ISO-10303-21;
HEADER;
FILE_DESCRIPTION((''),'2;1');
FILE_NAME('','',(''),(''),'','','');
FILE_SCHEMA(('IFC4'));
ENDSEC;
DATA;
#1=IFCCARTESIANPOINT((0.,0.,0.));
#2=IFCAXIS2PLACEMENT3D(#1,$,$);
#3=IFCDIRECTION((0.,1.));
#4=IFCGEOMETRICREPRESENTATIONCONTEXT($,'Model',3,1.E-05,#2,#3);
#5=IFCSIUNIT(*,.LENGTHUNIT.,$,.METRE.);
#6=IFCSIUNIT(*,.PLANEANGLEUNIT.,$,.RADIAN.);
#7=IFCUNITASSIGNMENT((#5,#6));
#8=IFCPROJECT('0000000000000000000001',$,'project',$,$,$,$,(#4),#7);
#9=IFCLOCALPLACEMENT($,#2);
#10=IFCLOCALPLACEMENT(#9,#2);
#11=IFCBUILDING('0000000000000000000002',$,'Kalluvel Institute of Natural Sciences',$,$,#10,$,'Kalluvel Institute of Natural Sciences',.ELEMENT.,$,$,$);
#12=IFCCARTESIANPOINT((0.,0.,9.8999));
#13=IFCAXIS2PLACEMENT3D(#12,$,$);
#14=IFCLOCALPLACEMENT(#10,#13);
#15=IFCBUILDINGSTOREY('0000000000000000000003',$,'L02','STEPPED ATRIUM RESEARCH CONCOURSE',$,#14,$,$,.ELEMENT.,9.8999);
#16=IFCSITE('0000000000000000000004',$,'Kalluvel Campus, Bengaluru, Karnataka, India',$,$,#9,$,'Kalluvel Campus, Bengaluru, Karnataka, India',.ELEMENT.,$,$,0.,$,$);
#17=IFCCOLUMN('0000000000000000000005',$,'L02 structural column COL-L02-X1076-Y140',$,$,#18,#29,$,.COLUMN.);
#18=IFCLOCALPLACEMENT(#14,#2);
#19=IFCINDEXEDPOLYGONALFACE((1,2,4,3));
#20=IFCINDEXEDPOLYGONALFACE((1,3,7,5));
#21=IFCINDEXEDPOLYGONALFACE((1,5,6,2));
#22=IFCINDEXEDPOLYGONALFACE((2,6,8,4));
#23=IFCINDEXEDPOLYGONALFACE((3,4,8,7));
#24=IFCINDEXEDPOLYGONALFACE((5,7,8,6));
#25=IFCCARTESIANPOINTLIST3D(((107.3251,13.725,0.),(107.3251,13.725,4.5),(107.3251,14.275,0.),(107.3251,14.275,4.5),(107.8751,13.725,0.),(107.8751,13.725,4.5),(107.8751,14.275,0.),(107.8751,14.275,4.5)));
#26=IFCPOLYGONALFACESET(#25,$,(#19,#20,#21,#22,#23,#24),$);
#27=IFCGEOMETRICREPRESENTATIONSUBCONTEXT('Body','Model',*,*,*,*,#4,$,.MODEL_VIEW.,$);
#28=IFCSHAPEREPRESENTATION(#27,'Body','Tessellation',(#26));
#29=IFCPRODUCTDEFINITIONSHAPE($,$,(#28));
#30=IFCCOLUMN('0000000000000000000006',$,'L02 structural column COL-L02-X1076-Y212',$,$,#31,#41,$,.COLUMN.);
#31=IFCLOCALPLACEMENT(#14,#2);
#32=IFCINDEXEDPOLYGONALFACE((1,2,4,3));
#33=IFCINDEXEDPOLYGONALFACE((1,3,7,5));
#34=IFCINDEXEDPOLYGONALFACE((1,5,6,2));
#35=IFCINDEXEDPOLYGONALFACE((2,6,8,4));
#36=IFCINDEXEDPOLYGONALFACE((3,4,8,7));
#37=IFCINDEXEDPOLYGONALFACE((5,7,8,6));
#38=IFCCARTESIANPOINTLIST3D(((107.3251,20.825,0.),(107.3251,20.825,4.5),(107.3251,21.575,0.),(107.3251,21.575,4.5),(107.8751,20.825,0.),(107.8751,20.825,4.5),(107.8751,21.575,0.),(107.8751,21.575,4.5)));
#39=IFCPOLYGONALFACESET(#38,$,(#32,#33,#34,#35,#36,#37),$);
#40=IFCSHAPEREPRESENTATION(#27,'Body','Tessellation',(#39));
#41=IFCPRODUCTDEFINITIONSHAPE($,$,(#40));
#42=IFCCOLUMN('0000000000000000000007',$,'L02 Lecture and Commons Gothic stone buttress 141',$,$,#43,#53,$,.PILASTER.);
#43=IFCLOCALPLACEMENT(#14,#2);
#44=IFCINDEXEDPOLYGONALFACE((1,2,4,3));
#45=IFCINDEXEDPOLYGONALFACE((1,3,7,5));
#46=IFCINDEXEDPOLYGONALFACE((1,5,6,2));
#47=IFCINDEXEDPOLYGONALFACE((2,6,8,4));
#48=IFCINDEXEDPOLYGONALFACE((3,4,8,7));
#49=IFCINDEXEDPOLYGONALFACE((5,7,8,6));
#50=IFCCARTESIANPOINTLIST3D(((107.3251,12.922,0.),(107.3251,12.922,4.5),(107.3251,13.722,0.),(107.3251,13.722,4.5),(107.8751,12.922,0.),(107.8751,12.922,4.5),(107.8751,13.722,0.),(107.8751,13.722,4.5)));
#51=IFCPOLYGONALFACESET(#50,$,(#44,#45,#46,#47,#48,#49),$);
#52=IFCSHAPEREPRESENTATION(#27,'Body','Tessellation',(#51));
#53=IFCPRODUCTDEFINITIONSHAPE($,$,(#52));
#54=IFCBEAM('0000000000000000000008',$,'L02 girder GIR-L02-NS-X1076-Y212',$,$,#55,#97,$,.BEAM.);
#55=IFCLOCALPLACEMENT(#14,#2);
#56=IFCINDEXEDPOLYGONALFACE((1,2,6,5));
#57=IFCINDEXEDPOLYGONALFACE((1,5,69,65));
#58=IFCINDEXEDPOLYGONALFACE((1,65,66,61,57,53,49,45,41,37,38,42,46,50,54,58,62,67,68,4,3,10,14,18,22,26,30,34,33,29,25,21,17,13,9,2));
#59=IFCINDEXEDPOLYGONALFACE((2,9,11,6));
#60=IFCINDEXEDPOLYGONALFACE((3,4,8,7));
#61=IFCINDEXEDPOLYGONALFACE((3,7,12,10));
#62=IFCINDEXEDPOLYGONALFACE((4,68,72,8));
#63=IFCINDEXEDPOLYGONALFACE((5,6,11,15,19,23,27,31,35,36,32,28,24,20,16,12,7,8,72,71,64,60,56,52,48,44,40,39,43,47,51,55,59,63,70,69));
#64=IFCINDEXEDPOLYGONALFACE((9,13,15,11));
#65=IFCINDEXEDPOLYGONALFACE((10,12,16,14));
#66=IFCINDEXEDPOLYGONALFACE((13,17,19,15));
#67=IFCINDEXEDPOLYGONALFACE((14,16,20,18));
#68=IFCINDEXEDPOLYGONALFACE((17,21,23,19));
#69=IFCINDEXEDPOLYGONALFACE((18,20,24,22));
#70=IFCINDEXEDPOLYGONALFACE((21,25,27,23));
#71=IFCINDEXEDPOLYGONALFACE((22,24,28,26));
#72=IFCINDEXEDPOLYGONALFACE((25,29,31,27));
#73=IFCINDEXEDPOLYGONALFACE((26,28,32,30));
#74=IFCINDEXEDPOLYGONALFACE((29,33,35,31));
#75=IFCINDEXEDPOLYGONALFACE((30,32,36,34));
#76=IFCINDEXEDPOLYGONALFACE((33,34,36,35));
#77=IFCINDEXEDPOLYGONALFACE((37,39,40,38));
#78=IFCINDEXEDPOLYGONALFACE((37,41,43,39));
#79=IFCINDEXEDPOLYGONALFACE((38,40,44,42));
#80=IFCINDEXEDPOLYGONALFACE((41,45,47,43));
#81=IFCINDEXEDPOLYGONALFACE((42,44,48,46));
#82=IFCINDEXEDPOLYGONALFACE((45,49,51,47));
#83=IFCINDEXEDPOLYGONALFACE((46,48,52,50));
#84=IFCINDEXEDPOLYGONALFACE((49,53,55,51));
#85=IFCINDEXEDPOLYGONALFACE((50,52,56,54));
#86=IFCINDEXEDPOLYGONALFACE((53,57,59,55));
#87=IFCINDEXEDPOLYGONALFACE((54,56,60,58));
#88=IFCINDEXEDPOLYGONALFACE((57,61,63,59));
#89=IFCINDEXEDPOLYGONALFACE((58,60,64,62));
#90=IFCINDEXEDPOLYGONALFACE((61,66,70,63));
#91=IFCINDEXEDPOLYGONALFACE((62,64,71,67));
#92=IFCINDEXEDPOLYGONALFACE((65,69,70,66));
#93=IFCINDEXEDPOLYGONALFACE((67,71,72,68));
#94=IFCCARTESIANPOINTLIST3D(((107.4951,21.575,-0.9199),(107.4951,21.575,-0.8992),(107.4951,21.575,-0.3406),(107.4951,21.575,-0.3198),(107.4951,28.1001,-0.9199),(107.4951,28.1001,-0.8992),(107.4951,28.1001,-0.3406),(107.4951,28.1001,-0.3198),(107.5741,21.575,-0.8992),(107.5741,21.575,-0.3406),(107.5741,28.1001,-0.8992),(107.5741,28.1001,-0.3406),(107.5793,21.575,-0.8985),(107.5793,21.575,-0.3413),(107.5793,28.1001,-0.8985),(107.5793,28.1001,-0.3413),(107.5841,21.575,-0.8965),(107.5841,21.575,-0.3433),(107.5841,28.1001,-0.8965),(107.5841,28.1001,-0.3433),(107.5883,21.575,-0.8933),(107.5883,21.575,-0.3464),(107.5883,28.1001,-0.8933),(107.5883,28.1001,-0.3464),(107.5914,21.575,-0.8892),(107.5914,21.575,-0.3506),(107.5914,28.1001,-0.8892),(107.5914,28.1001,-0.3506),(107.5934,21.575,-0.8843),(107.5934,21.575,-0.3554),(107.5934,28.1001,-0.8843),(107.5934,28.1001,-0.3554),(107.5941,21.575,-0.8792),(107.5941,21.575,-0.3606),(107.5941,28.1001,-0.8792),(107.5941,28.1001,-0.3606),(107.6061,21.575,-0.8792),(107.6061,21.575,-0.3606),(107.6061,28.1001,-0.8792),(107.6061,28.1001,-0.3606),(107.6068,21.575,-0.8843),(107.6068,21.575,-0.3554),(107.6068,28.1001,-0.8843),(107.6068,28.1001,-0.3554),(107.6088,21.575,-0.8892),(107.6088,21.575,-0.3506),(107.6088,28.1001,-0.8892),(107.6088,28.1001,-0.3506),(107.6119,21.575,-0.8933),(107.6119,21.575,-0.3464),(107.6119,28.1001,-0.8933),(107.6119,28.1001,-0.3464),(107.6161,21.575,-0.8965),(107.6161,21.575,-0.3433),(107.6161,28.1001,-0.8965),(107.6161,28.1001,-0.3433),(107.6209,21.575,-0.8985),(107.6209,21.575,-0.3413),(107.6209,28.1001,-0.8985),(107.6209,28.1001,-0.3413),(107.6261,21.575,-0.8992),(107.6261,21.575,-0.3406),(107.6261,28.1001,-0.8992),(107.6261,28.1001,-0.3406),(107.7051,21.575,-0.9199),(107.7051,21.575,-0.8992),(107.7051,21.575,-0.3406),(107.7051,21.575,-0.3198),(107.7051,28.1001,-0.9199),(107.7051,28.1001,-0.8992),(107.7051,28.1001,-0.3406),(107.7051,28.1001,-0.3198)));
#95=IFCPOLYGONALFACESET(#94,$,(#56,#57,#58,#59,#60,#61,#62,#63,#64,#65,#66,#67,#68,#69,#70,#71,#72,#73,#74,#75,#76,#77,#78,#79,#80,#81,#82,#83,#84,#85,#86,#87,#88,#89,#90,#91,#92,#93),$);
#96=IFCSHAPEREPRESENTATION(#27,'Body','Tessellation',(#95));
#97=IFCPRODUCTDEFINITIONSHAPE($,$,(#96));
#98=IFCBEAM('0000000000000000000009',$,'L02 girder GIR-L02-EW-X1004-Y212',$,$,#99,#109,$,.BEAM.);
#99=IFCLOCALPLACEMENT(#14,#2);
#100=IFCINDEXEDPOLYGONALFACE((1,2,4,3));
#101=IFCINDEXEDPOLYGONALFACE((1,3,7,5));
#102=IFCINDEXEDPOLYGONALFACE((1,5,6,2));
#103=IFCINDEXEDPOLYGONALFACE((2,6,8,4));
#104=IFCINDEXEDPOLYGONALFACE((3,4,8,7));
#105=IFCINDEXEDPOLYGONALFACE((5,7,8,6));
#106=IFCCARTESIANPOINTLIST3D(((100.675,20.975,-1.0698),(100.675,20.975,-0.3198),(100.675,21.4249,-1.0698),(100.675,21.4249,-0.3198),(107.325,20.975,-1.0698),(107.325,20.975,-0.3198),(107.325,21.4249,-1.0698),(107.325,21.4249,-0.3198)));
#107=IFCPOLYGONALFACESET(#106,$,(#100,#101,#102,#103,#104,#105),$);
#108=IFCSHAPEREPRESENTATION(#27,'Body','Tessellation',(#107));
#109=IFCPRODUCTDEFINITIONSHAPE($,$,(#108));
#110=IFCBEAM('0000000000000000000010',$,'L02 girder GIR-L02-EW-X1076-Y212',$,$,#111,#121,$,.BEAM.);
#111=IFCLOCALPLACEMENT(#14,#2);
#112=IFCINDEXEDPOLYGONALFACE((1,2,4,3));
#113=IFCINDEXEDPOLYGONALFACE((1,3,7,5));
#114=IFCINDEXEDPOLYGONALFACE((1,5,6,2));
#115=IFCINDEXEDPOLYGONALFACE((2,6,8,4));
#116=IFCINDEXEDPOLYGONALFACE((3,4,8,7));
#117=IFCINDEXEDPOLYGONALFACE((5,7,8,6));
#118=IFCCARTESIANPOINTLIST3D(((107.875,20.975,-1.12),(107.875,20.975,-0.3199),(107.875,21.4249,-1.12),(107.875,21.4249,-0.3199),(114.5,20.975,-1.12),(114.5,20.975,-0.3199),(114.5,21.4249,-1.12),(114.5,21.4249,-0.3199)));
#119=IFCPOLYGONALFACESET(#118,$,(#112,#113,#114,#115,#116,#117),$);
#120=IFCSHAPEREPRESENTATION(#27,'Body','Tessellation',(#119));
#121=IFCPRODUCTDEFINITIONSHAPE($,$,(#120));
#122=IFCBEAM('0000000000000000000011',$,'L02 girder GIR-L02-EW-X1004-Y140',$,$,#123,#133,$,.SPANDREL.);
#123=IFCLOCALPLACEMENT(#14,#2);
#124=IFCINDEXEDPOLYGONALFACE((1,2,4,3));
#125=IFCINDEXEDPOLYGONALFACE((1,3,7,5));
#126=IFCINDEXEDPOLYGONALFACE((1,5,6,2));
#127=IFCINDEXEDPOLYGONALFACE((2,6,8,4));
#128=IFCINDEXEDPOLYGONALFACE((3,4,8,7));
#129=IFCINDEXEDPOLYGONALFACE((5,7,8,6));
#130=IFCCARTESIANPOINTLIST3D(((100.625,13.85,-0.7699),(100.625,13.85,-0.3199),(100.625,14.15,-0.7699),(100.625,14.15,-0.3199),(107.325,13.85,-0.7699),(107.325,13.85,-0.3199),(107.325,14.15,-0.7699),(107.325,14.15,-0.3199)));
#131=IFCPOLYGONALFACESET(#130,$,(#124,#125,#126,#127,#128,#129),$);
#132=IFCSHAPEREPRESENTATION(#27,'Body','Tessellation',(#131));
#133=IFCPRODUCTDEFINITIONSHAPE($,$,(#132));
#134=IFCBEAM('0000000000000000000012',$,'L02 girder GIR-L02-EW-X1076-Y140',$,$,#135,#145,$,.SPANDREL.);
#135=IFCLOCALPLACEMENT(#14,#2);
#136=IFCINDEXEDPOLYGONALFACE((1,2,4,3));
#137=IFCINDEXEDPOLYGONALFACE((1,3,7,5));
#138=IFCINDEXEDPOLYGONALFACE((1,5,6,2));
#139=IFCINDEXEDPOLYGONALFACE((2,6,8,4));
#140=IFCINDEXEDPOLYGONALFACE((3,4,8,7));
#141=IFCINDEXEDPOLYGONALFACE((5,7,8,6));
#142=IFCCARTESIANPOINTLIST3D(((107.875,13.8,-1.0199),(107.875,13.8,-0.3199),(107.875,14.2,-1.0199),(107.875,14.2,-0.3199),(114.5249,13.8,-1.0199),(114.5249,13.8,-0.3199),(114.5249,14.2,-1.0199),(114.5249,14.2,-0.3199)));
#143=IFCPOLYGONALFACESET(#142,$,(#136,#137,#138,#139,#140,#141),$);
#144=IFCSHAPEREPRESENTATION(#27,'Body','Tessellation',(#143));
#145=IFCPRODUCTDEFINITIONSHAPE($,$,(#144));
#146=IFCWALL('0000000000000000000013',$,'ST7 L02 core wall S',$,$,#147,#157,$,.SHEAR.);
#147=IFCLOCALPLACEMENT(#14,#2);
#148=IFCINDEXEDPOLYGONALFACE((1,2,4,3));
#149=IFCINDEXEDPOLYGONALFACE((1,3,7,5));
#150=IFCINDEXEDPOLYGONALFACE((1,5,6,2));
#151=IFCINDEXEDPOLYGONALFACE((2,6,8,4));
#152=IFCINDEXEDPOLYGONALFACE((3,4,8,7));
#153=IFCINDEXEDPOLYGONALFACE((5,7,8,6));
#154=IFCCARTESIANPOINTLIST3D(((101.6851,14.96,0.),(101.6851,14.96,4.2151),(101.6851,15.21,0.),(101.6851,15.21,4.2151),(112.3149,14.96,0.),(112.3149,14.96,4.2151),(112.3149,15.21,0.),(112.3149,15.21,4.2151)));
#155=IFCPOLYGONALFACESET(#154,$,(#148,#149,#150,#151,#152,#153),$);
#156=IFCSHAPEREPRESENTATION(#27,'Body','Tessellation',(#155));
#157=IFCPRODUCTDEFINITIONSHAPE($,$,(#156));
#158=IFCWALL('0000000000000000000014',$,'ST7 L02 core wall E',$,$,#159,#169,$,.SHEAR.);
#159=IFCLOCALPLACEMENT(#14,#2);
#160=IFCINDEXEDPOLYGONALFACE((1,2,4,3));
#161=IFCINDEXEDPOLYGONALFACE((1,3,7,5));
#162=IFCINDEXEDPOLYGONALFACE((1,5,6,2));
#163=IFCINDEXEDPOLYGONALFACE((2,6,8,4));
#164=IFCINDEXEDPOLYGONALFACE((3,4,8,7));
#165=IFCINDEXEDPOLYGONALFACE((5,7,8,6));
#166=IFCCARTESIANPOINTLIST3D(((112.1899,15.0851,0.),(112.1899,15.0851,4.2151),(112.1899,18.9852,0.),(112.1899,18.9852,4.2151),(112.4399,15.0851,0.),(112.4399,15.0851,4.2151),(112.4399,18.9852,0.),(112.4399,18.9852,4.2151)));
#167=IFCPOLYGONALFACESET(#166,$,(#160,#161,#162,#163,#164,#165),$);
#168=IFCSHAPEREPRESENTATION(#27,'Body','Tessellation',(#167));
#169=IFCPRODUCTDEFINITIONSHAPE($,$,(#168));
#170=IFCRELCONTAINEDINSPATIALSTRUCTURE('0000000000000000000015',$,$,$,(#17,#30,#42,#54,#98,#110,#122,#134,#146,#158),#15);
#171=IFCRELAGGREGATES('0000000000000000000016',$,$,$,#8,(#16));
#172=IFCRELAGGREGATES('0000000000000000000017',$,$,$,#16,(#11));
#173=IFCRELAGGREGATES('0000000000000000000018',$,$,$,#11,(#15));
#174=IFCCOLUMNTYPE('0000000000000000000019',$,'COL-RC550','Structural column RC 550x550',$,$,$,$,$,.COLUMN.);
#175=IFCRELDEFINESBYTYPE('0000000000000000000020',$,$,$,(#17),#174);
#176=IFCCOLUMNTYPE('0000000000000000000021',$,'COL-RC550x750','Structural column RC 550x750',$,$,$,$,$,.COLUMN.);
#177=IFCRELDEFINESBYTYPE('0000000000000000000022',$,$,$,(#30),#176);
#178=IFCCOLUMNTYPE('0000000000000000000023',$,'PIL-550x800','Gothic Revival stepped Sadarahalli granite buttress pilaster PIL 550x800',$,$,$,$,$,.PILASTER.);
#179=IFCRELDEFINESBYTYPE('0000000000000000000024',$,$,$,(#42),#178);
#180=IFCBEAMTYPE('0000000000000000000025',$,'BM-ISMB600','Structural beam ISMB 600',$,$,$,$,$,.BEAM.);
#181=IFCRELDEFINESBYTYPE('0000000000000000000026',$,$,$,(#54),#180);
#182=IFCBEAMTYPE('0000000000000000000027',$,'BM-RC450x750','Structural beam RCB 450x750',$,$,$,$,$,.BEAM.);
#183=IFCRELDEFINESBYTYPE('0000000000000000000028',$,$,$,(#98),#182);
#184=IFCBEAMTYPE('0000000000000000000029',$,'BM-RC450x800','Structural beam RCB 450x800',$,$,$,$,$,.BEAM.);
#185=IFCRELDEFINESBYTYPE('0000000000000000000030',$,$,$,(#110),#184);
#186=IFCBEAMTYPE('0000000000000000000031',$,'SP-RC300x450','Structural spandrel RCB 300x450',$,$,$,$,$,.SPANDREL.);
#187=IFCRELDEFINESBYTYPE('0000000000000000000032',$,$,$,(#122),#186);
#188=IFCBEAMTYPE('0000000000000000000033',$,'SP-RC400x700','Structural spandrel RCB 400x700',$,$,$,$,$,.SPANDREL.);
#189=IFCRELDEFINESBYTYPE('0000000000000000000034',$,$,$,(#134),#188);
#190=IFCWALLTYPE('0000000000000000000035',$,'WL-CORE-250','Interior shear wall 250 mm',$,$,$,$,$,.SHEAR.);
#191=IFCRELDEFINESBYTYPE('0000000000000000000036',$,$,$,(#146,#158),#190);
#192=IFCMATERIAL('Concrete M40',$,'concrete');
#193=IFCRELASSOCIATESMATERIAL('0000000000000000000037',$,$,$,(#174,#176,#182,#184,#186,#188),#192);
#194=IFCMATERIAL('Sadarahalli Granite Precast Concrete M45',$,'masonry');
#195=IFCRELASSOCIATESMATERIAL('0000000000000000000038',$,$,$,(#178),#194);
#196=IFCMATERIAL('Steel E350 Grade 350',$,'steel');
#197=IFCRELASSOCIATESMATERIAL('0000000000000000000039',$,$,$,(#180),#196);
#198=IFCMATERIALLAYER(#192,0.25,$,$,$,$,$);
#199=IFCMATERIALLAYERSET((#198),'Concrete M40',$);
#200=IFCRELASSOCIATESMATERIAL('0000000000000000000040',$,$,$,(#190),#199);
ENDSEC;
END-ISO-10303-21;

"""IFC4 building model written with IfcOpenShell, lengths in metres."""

from ifc_helpers import new_model, si_unit, direction, frame, frame_2d, origin, origin_2d, place, context, subcontext, project, spatial, rectangle, i_section, extrude, material, layer, layer_set, material_profile, profile_set, type_object, element, save


model = new_model("IFC4")

# Units and contexts
model_context = context("Model", 3, precision=1e-05, world=origin(), true_north=direction((0.0, 1.0)))
body_context = subcontext(model_context, "Body", "Model", "MODEL_VIEW")
ifc_project = project(units=[si_unit("LENGTHUNIT", "METRE"), si_unit("PLANEANGLEUNIT", "RADIAN")], contexts=[model_context])

# Site, building, storey
site_placement = place(None, origin())
site = spatial("IfcSite", under=ifc_project, at=site_placement, Name="Kalluvel Campus, Bengaluru, Karnataka, India", LongName="Kalluvel Campus, Bengaluru, Karnataka, India", CompositionType="ELEMENT", RefElevation=0.0)
building_placement = place(site_placement, origin())
building = spatial("IfcBuilding", under=site, at=building_placement, Name="Kalluvel Institute of Natural Sciences", LongName="Kalluvel Institute of Natural Sciences", CompositionType="ELEMENT")
storey_placement = place(building_placement, frame((0.0, 0.0, 9.8999)))
storey = spatial("IfcBuildingStorey", under=building, at=storey_placement, Name="L02", Description="STEPPED ATRIUM RESEARCH CONCOURSE", CompositionType="ELEMENT", Elevation=9.8999)

# Columns
ifc_material_1 = material(Name="Concrete M40", Category="concrete")
ifc_material_profile_1 = material_profile(ifc_material_1, rectangle(XDim=0.55, YDim=0.55, at=origin_2d()), Name="RC 550x550")
ifc_profile_set_1 = profile_set([ifc_material_profile_1], Name="Concrete M40")
column_type_1 = type_object("IfcColumnType", Name="COL-RC550", Description="Structural column RC 550x550", PredefinedType="COLUMN", material=ifc_profile_set_1)
column_1_placement = place(storey_placement, frame((107.6001, 14.0, 0.0), z_axis=(0.0, 0.0, 1.0), x_axis=(1.0, 0.0, 0.0)))
element("IfcColumn", 1, at=column_1_placement, inside=storey, type_object=column_type_1, Name="L02 structural column COL-L02-X1076-Y140", PredefinedType="COLUMN", context=body_context, shape_type="SweptSolid", body=[
    extrude(rectangle(XDim=0.55, YDim=0.55, at=origin_2d()), origin(), (0.0, 0.0, 1.0), 4.5),
])
ifc_material_profile_2 = material_profile(ifc_material_1, rectangle(XDim=0.55, YDim=0.75, at=origin_2d()), Name="RC 550x750")
ifc_profile_set_2 = profile_set([ifc_material_profile_2], Name="Concrete M40")
column_type_2 = type_object("IfcColumnType", Name="COL-RC550x750", Description="Structural column RC 550x750", PredefinedType="COLUMN", material=ifc_profile_set_2)
column_2_placement = place(storey_placement, frame((107.6001, 21.2, 0.0), z_axis=(0.0, 0.0, 1.0), x_axis=(1.0, 0.0, 0.0)))
element("IfcColumn", 2, at=column_2_placement, inside=storey, type_object=column_type_2, Name="L02 structural column COL-L02-X1076-Y212", PredefinedType="COLUMN", context=body_context, shape_type="SweptSolid", body=[
    extrude(rectangle(XDim=0.55, YDim=0.75, at=origin_2d()), origin(), (0.0, 0.0, 1.0), 4.5),
])
ifc_material_2 = material(Name="Sadarahalli Granite Precast Concrete M45", Category="masonry")
ifc_material_profile_3 = material_profile(ifc_material_2, rectangle(XDim=0.55, YDim=0.8, at=origin_2d()), Name="PIL 550x800")
ifc_profile_set_3 = profile_set([ifc_material_profile_3], Name="Sadarahalli Granite Precast Concrete M45")
column_type_3 = type_object("IfcColumnType", Name="PIL-550x800", Description="Gothic Revival stepped Sadarahalli granite buttress pilaster PIL 550x800", PredefinedType="PILASTER", material=ifc_profile_set_3)
column_3_placement = place(storey_placement, frame((107.6001, 13.322, 0.0), z_axis=(0.0, 0.0, 1.0), x_axis=(1.0, 0.0, 0.0)))
element("IfcColumn", 3, at=column_3_placement, inside=storey, type_object=column_type_3, Name="L02 Lecture and Commons Gothic stone buttress 141", PredefinedType="PILASTER", context=body_context, shape_type="SweptSolid", body=[
    extrude(rectangle(XDim=0.55, YDim=0.8, at=origin_2d()), origin(), (0.0, 0.0, 1.0), 4.5),
])

# Beams
ifc_material_3 = material(Name="Steel E350 Grade 350", Category="steel")
ifc_material_profile_4 = material_profile(ifc_material_3, i_section(OverallWidth=0.21, OverallDepth=0.6001, WebThickness=0.012, FlangeThickness=0.0208, FilletRadius=0.02, at=origin_2d()), Name="ISMB 600")
ifc_profile_set_4 = profile_set([ifc_material_profile_4], Name="Steel E350 Grade 350")
beam_type_1 = type_object("IfcBeamType", Name="BM-ISMB600", Description="Structural beam ISMB 600", PredefinedType="BEAM", material=ifc_profile_set_4)
beam_1_placement = place(storey_placement, frame((107.6001, 21.575, -0.6199), z_axis=(0.0, 1.0, 0.0), x_axis=(-1.0, 0.0, 0.0)))
element("IfcBeam", 4, at=beam_1_placement, inside=storey, type_object=beam_type_1, Name="L02 girder GIR-L02-NS-X1076-Y212", PredefinedType="BEAM", context=body_context, shape_type="SweptSolid", body=[
    extrude(i_section(OverallWidth=0.21, OverallDepth=0.6001, WebThickness=0.012, FlangeThickness=0.0208, FilletRadius=0.02, at=origin_2d()), origin(), (0.0, 0.0, 1.0), 6.5251),
])
ifc_material_profile_5 = material_profile(ifc_material_1, rectangle(XDim=0.45, YDim=0.75, at=origin_2d()), Name="RCB 450x750")
ifc_profile_set_5 = profile_set([ifc_material_profile_5], Name="Concrete M40")
beam_type_2 = type_object("IfcBeamType", Name="BM-RC450x750", Description="Structural beam RCB 450x750", PredefinedType="BEAM", material=ifc_profile_set_5)
beam_2_placement = place(storey_placement, frame((100.675, 21.2, -0.6948), z_axis=(1.0, 0.0, 0.0), x_axis=(0.0, 1.0, 0.0)))
element("IfcBeam", 5, at=beam_2_placement, inside=storey, type_object=beam_type_2, Name="L02 girder GIR-L02-EW-X1004-Y212", PredefinedType="BEAM", context=body_context, shape_type="SweptSolid", body=[
    extrude(rectangle(XDim=0.45, YDim=0.75, at=origin_2d()), origin(), (0.0, 0.0, 1.0), 6.6499),
])
ifc_material_profile_6 = material_profile(ifc_material_1, rectangle(XDim=0.45, YDim=0.8, at=origin_2d()), Name="RCB 450x800")
ifc_profile_set_6 = profile_set([ifc_material_profile_6], Name="Concrete M40")
beam_type_3 = type_object("IfcBeamType", Name="BM-RC450x800", Description="Structural beam RCB 450x800", PredefinedType="BEAM", material=ifc_profile_set_6)
beam_3_placement = place(storey_placement, frame((107.875, 21.2, -0.72), z_axis=(1.0, 0.0, 0.0), x_axis=(0.0, 1.0, 0.0)))
element("IfcBeam", 6, at=beam_3_placement, inside=storey, type_object=beam_type_3, Name="L02 girder GIR-L02-EW-X1076-Y212", PredefinedType="BEAM", context=body_context, shape_type="SweptSolid", body=[
    extrude(rectangle(XDim=0.45, YDim=0.8, at=origin_2d()), origin(), (0.0, 0.0, 1.0), 6.625),
])
ifc_material_profile_7 = material_profile(ifc_material_1, rectangle(XDim=0.3, YDim=0.45, at=origin_2d()), Name="RCB 300x450")
ifc_profile_set_7 = profile_set([ifc_material_profile_7], Name="Concrete M40")
beam_type_4 = type_object("IfcBeamType", Name="SP-RC300x450", Description="Structural spandrel RCB 300x450", PredefinedType="SPANDREL", material=ifc_profile_set_7)
beam_4_placement = place(storey_placement, frame((100.625, 14.0, -0.5449), z_axis=(1.0, 0.0, 0.0), x_axis=(0.0, 1.0, 0.0)))
element("IfcBeam", 7, at=beam_4_placement, inside=storey, type_object=beam_type_4, Name="L02 girder GIR-L02-EW-X1004-Y140", PredefinedType="SPANDREL", context=body_context, shape_type="SweptSolid", body=[
    extrude(rectangle(XDim=0.3, YDim=0.45, at=origin_2d()), origin(), (0.0, 0.0, 1.0), 6.7),
])
ifc_material_profile_8 = material_profile(ifc_material_1, rectangle(XDim=0.3999, YDim=0.7, at=origin_2d()), Name="RCB 400x700")
ifc_profile_set_8 = profile_set([ifc_material_profile_8], Name="Concrete M40")
beam_type_5 = type_object("IfcBeamType", Name="SP-RC400x700", Description="Structural spandrel RCB 400x700", PredefinedType="SPANDREL", material=ifc_profile_set_8)
beam_5_placement = place(storey_placement, frame((107.875, 14.0, -0.6699), z_axis=(1.0, 0.0, 0.0), x_axis=(0.0, 1.0, 0.0)))
element("IfcBeam", 8, at=beam_5_placement, inside=storey, type_object=beam_type_5, Name="L02 girder GIR-L02-EW-X1076-Y140", PredefinedType="SPANDREL", context=body_context, shape_type="SweptSolid", body=[
    extrude(rectangle(XDim=0.3999, YDim=0.7, at=origin_2d()), origin(), (0.0, 0.0, 1.0), 6.6499),
])

# Walls
ifc_layer_1 = layer(ifc_material_1, 0.25)
ifc_layer_set_1 = layer_set([ifc_layer_1], Name="Concrete M40")
wall_type_1 = type_object("IfcWallType", Name="WL-CORE-250", Description="Interior shear wall 250 mm", PredefinedType="SHEAR", material=ifc_layer_set_1)
wall_1_placement = place(storey_placement, frame((101.6851, 15.085, 0.0), z_axis=(0.0, 0.0, 1.0), x_axis=(1.0, 0.0, 0.0)))
element("IfcWall", 9, at=wall_1_placement, inside=storey, type_object=wall_type_1, Name="ST7 L02 core wall S", PredefinedType="SHEAR", context=body_context, shape_type="SweptSolid", body=[
    extrude(rectangle(XDim=10.6299, YDim=0.25, at=frame_2d((5.3149, 0.0))), origin(), (0.0, 0.0, 1.0), 4.2151),
])
wall_2_placement = place(storey_placement, frame((112.3149, 15.085, 0.0), z_axis=(0.0, 0.0, 1.0), x_axis=(0.0, 1.0, 0.0)))
element("IfcWall", 10, at=wall_2_placement, inside=storey, type_object=wall_type_1, Name="ST7 L02 core wall E", PredefinedType="SHEAR", context=body_context, shape_type="SweptSolid", body=[
    extrude(rectangle(XDim=3.9001, YDim=0.25, at=frame_2d((1.9502, 0.0))), origin(), (0.0, 0.0, 1.0), 4.2151),
])

save(model, "model.ifc")
